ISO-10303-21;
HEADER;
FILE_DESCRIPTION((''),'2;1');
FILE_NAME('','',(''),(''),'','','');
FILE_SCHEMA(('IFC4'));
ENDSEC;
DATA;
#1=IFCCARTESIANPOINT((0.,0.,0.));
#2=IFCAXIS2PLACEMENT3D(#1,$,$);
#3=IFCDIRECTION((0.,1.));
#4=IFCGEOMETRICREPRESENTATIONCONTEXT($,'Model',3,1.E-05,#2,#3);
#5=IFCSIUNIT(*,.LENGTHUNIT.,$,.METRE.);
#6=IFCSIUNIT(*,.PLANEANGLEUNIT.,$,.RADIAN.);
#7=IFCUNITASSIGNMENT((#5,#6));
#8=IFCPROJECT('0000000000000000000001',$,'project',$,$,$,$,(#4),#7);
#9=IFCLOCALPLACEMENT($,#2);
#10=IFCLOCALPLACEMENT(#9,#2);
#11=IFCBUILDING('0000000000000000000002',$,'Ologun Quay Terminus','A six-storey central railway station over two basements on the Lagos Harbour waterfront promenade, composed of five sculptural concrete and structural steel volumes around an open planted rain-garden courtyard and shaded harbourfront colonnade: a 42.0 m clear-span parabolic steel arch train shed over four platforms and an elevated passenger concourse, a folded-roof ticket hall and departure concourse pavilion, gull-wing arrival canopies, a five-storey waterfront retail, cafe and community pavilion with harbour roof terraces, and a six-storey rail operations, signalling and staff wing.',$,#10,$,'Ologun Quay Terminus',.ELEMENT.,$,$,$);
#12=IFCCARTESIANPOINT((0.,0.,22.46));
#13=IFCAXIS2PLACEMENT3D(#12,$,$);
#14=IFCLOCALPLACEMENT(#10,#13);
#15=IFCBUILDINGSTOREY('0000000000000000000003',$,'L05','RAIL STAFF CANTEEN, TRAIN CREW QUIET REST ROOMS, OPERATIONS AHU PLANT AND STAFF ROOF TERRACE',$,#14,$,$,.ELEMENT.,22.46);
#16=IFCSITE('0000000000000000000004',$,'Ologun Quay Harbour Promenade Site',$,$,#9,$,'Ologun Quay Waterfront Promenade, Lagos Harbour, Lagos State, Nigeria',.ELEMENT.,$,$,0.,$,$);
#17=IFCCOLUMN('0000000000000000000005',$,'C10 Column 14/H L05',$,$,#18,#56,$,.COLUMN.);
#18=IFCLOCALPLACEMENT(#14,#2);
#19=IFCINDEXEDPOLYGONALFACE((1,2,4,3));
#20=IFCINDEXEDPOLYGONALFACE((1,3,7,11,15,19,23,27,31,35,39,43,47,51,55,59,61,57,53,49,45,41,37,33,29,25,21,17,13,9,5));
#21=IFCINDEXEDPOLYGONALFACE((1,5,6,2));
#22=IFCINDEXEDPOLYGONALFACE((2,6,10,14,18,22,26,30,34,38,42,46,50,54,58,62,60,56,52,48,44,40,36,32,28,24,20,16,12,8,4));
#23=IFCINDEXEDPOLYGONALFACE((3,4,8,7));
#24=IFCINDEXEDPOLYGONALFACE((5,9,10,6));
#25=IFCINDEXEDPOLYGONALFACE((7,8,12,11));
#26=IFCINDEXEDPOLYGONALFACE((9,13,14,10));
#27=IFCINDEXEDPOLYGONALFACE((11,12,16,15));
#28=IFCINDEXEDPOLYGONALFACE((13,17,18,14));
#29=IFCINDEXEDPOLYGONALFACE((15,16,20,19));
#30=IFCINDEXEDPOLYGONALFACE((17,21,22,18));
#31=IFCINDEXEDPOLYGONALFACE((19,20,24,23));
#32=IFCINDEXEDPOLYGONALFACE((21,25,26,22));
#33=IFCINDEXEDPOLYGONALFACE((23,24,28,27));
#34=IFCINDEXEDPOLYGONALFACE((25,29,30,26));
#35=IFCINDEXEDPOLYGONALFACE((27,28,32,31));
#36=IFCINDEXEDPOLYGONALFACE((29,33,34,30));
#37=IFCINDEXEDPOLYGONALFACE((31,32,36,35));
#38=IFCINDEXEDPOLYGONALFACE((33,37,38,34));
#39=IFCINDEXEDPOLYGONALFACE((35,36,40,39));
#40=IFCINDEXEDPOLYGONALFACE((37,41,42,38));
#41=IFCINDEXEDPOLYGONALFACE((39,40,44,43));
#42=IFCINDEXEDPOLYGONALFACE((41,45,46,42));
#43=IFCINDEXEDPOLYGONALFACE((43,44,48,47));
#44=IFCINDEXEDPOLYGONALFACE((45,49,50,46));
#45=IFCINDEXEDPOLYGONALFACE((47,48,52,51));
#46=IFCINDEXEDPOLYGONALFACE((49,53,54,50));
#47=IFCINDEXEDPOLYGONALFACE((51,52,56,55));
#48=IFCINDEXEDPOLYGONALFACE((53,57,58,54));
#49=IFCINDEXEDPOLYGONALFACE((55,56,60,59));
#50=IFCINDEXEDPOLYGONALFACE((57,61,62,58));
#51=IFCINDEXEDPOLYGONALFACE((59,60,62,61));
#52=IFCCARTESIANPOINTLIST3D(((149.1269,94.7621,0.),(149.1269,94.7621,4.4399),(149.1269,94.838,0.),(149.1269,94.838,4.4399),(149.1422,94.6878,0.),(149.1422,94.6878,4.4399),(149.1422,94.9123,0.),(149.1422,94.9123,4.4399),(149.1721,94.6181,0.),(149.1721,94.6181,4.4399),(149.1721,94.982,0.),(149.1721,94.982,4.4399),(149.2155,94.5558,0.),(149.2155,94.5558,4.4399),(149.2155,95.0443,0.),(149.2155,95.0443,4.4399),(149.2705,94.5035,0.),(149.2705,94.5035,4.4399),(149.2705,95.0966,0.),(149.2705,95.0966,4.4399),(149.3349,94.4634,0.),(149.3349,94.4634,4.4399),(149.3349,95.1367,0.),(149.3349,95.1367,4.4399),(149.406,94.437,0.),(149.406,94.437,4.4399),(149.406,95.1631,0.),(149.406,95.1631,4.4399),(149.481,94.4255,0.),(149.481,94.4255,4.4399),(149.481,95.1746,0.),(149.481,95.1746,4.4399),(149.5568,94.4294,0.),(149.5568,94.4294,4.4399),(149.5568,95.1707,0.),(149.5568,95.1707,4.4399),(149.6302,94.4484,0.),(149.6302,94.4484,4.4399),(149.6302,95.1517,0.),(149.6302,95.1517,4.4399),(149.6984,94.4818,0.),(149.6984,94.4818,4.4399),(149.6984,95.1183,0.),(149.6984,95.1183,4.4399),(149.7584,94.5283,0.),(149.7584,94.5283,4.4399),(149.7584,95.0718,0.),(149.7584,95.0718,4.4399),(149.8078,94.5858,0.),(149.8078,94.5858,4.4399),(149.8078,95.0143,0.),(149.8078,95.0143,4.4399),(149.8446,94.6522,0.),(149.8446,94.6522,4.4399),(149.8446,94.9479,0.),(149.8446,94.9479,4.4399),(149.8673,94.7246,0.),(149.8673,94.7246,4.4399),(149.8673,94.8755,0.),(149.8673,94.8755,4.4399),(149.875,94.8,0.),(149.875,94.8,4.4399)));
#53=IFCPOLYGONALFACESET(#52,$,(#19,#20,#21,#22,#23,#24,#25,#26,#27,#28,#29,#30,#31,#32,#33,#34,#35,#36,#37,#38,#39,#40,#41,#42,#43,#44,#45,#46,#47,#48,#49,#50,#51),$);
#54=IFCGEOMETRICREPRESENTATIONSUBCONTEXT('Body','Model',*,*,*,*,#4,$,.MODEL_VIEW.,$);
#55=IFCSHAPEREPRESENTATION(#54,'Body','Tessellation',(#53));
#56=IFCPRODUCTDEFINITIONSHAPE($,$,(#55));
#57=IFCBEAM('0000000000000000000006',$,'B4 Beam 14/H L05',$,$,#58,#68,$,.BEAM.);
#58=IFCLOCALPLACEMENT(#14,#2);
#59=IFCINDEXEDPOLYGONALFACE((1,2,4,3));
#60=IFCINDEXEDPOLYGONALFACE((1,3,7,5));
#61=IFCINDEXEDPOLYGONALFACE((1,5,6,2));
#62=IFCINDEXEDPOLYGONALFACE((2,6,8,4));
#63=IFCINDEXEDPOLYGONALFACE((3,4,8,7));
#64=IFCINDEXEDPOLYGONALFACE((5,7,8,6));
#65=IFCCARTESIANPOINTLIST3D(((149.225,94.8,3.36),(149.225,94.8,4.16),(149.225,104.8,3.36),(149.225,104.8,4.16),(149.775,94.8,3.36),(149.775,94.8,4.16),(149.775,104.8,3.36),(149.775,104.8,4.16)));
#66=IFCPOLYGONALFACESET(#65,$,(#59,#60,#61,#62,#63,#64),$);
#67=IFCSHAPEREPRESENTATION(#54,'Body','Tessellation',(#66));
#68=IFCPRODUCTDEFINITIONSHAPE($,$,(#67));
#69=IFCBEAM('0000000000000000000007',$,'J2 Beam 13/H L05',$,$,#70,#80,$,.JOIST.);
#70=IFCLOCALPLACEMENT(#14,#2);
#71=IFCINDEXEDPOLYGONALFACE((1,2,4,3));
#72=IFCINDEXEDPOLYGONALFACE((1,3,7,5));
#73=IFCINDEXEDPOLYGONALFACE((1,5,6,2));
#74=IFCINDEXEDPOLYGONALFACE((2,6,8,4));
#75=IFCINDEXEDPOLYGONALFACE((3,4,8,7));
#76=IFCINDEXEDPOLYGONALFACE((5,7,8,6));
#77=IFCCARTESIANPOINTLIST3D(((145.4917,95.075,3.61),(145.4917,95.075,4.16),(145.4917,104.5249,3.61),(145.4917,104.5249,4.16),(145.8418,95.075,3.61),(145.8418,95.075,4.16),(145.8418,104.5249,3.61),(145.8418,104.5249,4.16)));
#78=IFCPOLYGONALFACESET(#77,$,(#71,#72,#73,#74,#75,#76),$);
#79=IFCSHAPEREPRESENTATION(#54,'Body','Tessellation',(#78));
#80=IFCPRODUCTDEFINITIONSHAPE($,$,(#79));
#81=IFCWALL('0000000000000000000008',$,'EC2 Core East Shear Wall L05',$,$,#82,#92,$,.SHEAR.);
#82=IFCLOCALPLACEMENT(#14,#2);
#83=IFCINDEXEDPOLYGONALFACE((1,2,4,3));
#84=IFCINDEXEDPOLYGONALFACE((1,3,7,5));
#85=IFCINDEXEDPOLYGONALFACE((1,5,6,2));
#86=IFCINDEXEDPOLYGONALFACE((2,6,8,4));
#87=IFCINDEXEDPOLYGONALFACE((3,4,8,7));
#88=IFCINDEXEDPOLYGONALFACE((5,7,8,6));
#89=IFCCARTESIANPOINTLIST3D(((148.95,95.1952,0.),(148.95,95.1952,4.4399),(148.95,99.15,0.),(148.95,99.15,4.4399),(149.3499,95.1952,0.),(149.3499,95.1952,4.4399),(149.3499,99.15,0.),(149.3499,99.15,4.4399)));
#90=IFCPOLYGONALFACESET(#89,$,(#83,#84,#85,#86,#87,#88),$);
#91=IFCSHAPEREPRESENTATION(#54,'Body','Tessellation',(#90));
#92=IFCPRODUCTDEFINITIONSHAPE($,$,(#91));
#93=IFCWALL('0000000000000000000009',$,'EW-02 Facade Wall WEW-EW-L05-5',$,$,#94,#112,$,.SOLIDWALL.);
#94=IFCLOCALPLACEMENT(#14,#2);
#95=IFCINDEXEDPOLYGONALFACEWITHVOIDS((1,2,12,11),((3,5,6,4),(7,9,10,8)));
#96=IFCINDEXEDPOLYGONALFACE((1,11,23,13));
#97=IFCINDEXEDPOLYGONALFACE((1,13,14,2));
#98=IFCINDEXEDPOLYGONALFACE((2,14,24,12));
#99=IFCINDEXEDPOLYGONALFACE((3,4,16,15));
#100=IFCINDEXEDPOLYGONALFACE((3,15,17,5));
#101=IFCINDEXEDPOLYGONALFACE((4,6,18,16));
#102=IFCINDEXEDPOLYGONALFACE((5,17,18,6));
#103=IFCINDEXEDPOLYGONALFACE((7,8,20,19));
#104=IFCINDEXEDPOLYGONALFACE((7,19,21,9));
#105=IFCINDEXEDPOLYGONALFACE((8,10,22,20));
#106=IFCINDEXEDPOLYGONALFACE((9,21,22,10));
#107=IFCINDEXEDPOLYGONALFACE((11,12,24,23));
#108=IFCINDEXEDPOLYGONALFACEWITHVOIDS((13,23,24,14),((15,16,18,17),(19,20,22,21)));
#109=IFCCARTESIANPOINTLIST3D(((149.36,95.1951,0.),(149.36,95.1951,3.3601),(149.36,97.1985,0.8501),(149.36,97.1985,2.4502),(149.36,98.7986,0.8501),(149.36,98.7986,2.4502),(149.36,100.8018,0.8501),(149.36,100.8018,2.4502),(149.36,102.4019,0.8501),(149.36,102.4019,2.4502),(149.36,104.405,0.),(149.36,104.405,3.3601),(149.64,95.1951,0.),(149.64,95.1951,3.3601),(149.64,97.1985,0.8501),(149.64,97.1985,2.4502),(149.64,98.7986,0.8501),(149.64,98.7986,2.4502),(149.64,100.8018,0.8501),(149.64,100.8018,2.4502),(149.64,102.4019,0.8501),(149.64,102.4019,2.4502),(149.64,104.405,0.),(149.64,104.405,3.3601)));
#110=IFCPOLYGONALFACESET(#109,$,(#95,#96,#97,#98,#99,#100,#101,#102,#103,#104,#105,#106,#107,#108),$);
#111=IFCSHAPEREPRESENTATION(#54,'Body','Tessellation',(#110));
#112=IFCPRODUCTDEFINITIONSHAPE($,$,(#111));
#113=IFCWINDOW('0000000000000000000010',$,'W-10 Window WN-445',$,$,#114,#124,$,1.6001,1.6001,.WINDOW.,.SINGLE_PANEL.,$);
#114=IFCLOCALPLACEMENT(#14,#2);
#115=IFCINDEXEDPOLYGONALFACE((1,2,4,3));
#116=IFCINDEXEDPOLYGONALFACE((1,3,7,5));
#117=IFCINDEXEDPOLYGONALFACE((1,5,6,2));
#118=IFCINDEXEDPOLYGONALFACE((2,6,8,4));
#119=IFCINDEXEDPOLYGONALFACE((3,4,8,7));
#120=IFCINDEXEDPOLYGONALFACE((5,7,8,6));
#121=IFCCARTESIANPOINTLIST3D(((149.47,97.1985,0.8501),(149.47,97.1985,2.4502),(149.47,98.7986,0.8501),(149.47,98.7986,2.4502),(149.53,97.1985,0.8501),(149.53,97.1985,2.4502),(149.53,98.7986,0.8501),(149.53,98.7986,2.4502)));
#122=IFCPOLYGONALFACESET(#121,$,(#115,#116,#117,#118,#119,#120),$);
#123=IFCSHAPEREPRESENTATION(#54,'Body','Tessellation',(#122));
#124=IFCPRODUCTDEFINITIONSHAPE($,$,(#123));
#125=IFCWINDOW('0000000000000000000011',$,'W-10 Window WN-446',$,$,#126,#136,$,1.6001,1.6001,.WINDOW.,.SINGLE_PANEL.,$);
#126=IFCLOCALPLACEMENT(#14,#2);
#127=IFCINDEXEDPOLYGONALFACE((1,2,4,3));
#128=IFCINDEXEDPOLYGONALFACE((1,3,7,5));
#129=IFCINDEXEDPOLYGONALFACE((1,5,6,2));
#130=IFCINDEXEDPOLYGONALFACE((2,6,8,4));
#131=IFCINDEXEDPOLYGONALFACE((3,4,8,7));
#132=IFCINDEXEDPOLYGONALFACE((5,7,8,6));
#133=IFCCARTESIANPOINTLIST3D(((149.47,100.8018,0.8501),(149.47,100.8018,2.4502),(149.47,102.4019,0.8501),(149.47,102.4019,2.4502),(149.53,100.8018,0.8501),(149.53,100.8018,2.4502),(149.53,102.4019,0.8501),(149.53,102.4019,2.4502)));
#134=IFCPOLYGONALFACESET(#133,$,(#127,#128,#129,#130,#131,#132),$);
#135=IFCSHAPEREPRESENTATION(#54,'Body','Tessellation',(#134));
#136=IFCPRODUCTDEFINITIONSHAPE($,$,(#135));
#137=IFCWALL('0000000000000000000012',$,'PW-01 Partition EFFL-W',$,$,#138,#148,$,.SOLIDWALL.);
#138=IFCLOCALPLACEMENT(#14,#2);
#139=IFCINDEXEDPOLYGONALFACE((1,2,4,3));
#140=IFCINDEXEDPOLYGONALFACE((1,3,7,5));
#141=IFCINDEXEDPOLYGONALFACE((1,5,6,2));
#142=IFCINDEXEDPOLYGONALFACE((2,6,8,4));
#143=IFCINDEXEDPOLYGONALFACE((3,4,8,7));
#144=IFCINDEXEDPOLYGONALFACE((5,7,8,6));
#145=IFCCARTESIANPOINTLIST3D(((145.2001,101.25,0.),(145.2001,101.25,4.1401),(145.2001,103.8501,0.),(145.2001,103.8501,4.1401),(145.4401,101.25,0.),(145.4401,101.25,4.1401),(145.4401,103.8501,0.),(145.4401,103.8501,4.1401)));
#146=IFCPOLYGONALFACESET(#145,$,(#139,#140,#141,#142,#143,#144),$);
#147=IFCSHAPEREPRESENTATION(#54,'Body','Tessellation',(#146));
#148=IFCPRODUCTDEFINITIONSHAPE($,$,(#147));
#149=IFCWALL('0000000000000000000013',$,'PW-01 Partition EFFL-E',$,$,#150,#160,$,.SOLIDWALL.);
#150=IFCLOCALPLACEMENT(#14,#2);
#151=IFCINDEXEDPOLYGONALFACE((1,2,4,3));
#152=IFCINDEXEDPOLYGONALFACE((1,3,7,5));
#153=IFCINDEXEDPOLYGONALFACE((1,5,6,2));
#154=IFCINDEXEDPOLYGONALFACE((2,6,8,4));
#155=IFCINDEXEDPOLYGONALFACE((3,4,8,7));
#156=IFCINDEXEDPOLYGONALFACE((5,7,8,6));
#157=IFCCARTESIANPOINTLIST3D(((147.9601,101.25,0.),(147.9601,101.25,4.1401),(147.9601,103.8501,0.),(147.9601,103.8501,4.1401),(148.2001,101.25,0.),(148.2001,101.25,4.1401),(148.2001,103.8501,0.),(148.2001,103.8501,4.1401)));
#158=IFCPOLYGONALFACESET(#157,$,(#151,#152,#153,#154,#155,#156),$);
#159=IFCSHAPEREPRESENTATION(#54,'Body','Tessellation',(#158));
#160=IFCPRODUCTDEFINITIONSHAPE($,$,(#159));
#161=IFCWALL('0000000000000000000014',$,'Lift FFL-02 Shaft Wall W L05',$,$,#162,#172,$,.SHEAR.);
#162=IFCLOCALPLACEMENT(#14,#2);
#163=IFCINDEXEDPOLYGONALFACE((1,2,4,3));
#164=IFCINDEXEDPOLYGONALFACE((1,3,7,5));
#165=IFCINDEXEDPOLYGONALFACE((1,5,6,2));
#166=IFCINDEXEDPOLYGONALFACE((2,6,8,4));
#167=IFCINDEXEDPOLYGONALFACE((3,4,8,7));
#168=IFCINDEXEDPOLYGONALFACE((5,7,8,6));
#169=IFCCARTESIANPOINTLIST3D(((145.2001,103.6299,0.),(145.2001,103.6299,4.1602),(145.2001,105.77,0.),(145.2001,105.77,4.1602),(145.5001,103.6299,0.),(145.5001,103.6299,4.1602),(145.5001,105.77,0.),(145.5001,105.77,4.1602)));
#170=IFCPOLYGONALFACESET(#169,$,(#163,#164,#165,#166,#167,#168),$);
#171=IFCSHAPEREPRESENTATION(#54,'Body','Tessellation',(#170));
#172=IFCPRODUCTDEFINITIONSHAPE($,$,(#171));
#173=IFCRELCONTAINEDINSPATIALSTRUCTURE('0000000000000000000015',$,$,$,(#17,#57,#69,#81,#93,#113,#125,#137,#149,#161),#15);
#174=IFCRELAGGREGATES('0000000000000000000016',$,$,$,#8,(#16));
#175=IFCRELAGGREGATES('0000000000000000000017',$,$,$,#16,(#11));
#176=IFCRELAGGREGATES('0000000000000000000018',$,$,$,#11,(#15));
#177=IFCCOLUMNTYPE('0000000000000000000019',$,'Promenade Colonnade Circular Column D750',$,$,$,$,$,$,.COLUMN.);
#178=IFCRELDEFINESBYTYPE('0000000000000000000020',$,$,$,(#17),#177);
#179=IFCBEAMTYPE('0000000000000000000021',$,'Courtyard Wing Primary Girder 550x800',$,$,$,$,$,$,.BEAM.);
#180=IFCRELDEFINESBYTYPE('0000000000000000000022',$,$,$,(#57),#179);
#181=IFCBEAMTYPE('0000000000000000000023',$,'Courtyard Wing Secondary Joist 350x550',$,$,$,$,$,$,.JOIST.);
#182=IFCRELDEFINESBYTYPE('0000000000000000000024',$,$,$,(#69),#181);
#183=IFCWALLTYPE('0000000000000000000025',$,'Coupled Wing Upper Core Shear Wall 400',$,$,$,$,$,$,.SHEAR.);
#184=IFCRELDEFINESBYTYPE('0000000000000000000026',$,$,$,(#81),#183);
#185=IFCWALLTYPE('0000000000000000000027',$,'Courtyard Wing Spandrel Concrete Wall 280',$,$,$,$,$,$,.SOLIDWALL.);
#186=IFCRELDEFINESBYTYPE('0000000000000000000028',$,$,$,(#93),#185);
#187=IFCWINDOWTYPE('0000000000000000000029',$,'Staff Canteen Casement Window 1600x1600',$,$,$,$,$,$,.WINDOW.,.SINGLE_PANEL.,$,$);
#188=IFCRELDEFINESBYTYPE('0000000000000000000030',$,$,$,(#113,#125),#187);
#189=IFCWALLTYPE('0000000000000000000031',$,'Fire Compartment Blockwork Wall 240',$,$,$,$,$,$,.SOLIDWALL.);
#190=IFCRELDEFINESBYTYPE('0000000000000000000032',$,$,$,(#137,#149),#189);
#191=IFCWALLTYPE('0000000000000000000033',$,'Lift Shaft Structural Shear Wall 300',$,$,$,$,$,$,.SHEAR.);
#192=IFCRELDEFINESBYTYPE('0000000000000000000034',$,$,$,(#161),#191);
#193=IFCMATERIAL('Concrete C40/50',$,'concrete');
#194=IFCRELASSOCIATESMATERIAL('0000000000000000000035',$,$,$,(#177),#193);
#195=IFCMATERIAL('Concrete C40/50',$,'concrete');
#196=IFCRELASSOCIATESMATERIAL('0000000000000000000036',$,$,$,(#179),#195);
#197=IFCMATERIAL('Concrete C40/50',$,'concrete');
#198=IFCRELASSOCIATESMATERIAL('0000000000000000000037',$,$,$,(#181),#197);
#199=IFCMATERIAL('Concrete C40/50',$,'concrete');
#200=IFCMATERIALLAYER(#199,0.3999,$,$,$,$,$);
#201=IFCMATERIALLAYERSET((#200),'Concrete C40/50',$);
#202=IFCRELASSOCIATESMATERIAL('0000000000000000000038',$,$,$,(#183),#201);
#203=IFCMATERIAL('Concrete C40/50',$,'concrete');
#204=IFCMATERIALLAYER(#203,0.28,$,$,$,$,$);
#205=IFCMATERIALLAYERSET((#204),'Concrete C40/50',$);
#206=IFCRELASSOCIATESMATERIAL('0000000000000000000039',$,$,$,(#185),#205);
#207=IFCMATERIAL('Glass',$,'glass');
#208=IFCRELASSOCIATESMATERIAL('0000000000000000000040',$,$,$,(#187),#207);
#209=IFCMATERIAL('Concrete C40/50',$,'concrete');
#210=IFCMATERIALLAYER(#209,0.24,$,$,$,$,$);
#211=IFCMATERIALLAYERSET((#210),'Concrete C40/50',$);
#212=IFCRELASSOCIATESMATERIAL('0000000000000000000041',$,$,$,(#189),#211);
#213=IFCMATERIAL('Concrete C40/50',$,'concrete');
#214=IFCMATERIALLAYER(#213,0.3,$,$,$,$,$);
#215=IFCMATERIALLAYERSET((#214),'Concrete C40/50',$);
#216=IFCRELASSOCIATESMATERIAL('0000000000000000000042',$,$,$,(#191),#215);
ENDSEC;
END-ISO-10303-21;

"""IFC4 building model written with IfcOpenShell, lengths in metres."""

from ifc_helpers import new_model, si_unit, direction, frame, frame_2d, origin, origin_2d, place, context, subcontext, project, spatial, rectangle, circle, extrude, material, layer, layer_set, material_profile, profile_set, type_object, element, fill, save


model = new_model("IFC4")

# Units and contexts
model_context = context("Model", 3, precision=1e-05, world=origin(), true_north=direction((0.0, 1.0)))
body_context = subcontext(model_context, "Body", "Model", "MODEL_VIEW")
ifc_project = project(units=[si_unit("LENGTHUNIT", "METRE"), si_unit("PLANEANGLEUNIT", "RADIAN")], contexts=[model_context])

# Site, building, storey
site_placement = place(None, origin())
site = spatial("IfcSite", under=ifc_project, at=site_placement, Name="Ologun Quay Harbour Promenade Site", LongName="Ologun Quay Waterfront Promenade, Lagos Harbour, Lagos State, Nigeria", CompositionType="ELEMENT", RefElevation=0.0)
building_placement = place(site_placement, origin())
building = spatial("IfcBuilding", under=site, at=building_placement, Name="Ologun Quay Terminus", Description="A six-storey central railway station over two basements on the Lagos Harbour waterfront promenade, composed of five sculptural concrete and structural steel volumes around an open planted rain-garden courtyard and shaded harbourfront colonnade: a 42.0 m clear-span parabolic steel arch train shed over four platforms and an elevated passenger concourse, a folded-roof ticket hall and departure concourse pavilion, gull-wing arrival canopies, a five-storey waterfront retail, cafe and community pavilion with harbour roof terraces, and a six-storey rail operations, signalling and staff wing.", LongName="Ologun Quay Terminus", CompositionType="ELEMENT")
storey_placement = place(building_placement, frame((0.0, 0.0, 22.46)))
storey = spatial("IfcBuildingStorey", under=building, at=storey_placement, Name="L05", Description="RAIL STAFF CANTEEN, TRAIN CREW QUIET REST ROOMS, OPERATIONS AHU PLANT AND STAFF ROOF TERRACE", CompositionType="ELEMENT", Elevation=22.46)

# Column
ifc_material_1 = material(Name="Concrete C40/50", Category="concrete")
ifc_material_profile_1 = material_profile(ifc_material_1, circle(Radius=0.375, at=origin_2d()), Name="RC D750")
ifc_profile_set_1 = profile_set([ifc_material_profile_1], Name="Concrete C40/50")
column_type = type_object("IfcColumnType", Name="Promenade Colonnade Circular Column D750", PredefinedType="COLUMN", material=ifc_profile_set_1)
column_placement = place(storey_placement, frame((149.5, 94.8, 0.0), z_axis=(0.0, 0.0, 1.0), x_axis=(1.0, 0.0, 0.0)))
element("IfcColumn", 1, at=column_placement, inside=storey, type_object=column_type, Name="C10 Column 14/H L05", PredefinedType="COLUMN", context=body_context, shape_type="SweptSolid", body=[
    extrude(circle(Radius=0.375, at=origin_2d()), origin(), (0.0, 0.0, 1.0), 4.4399),
])

# Beams
ifc_material_2 = material(Name="Concrete C40/50", Category="concrete")
ifc_material_profile_2 = material_profile(ifc_material_2, rectangle(XDim=0.55, YDim=0.8, at=origin_2d()), Name="RC 550x800")
ifc_profile_set_2 = profile_set([ifc_material_profile_2], Name="Concrete C40/50")
beam_type_1 = type_object("IfcBeamType", Name="Courtyard Wing Primary Girder 550x800", PredefinedType="BEAM", material=ifc_profile_set_2)
beam_1_placement = place(storey_placement, frame((149.5, 94.8, 3.76), z_axis=(0.0, 1.0, 0.0), x_axis=(-1.0, 0.0, 0.0)))
element("IfcBeam", 2, at=beam_1_placement, inside=storey, type_object=beam_type_1, Name="B4 Beam 14/H L05", PredefinedType="BEAM", context=body_context, shape_type="SweptSolid", body=[
    extrude(rectangle(XDim=0.55, YDim=0.8, at=origin_2d()), origin(), (0.0, 0.0, 1.0), 10.0),
])
ifc_material_3 = material(Name="Concrete C40/50", Category="concrete")
ifc_material_profile_3 = material_profile(ifc_material_3, rectangle(XDim=0.3501, YDim=0.55, at=origin_2d()), Name="RC 350x550")
ifc_profile_set_3 = profile_set([ifc_material_profile_3], Name="Concrete C40/50")
beam_type_2 = type_object("IfcBeamType", Name="Courtyard Wing Secondary Joist 350x550", PredefinedType="JOIST", material=ifc_profile_set_3)
beam_2_placement = place(storey_placement, frame((145.6667, 95.075, 3.885), z_axis=(0.0, 1.0, 0.0), x_axis=(-1.0, 0.0, 0.0)))
element("IfcBeam", 3, at=beam_2_placement, inside=storey, type_object=beam_type_2, Name="J2 Beam 13/H L05", PredefinedType="JOIST", context=body_context, shape_type="SweptSolid", body=[
    extrude(rectangle(XDim=0.3501, YDim=0.55, at=origin_2d()), origin(), (0.0, 0.0, 1.0), 9.45),
])

# Wall
ifc_material_4 = material(Name="Concrete C40/50", Category="concrete")
ifc_layer_1 = layer(ifc_material_4, 0.3999)
ifc_layer_set_1 = layer_set([ifc_layer_1], Name="Concrete C40/50")
wall_type_1 = type_object("IfcWallType", Name="Coupled Wing Upper Core Shear Wall 400", PredefinedType="SHEAR", material=ifc_layer_set_1)
wall_1_placement = place(storey_placement, frame((149.1499, 95.1951, 0.0), z_axis=(0.0, 0.0, 1.0), x_axis=(0.0, 1.0, 0.0)))
element("IfcWall", 4, at=wall_1_placement, inside=storey, type_object=wall_type_1, Name="EC2 Core East Shear Wall L05", PredefinedType="SHEAR", context=body_context, shape_type="SweptSolid", body=[
    extrude(rectangle(XDim=3.9548, YDim=0.3999, at=frame_2d((1.9775, 0.0))), origin(), (0.0, 0.0, 1.0), 4.4399),
])

# Wall, openings, windows
ifc_material_5 = material(Name="Concrete C40/50", Category="concrete")
ifc_layer_2 = layer(ifc_material_5, 0.28)
ifc_layer_set_2 = layer_set([ifc_layer_2], Name="Concrete C40/50")
wall_type_2 = type_object("IfcWallType", Name="Courtyard Wing Spandrel Concrete Wall 280", PredefinedType="SOLIDWALL", material=ifc_layer_set_2)
wall_2_placement = place(storey_placement, frame((149.5, 95.1951, 0.0), z_axis=(0.0, 0.0, 1.0), x_axis=(0.0, 1.0, 0.0)))
wall_2 = element("IfcWall", 5, at=wall_2_placement, inside=storey, type_object=wall_type_2, Name="EW-02 Facade Wall WEW-EW-L05-5", PredefinedType="SOLIDWALL", context=body_context, shape_type="SweptSolid", body=[
    extrude(rectangle(XDim=9.21, YDim=0.28, at=frame_2d((4.605, 0.0))), origin(), (0.0, 0.0, 1.0), 3.3601),
])
opening_1_placement = place(wall_2_placement, frame((2.0034, 0.0, 0.8501)))
opening_1 = element("IfcOpeningElement", 6, at=opening_1_placement, cuts=wall_2, PredefinedType="OPENING", context=body_context, shape_type="SweptSolid", body=[
    extrude(rectangle(XDim=1.6001, YDim=1.6001, at=frame_2d((0.8, 0.8))), frame((0.0, 0.1499, 0.0), z_axis=(0.0, -1.0, 0.0), x_axis=(1.0, 0.0, 0.0)), (0.0, 0.0, 1.0), 0.3),
])
opening_2_placement = place(wall_2_placement, frame((5.6067, 0.0, 0.8501)))
opening_2 = element("IfcOpeningElement", 7, at=opening_2_placement, cuts=wall_2, PredefinedType="OPENING", context=body_context, shape_type="SweptSolid", body=[
    extrude(rectangle(XDim=1.6001, YDim=1.6001, at=frame_2d((0.8, 0.8))), frame((0.0, 0.1499, 0.0), z_axis=(0.0, -1.0, 0.0), x_axis=(1.0, 0.0, 0.0)), (0.0, 0.0, 1.0), 0.3),
])
ifc_material_6 = material(Name="Glass", Category="glass")
window_type = type_object("IfcWindowType", Name="Staff Canteen Casement Window 1600x1600", PartitioningType="SINGLE_PANEL", PredefinedType="WINDOW", material=ifc_material_6)
window_1_placement = place(opening_1_placement, origin())
window_1 = element("IfcWindow", 8, at=window_1_placement, inside=storey, type_object=window_type, Name="W-10 Window WN-445", OverallHeight=1.6001, OverallWidth=1.6001, PartitioningType="SINGLE_PANEL", PredefinedType="WINDOW", context=body_context, shape_type="SweptSolid", body=[
    extrude(rectangle(XDim=1.6001, YDim=1.6001, at=frame_2d((0.8, 0.8))), frame((0.0, 0.03, 0.0), z_axis=(0.0, -1.0, 0.0), x_axis=(1.0, 0.0, 0.0)), (0.0, 0.0, 1.0), 0.0601),
])
fill(opening_1, window_1)
window_2_placement = place(opening_2_placement, origin())
window_2 = element("IfcWindow", 9, at=window_2_placement, inside=storey, type_object=window_type, Name="W-10 Window WN-446", OverallHeight=1.6001, OverallWidth=1.6001, PartitioningType="SINGLE_PANEL", PredefinedType="WINDOW", context=body_context, shape_type="SweptSolid", body=[
    extrude(rectangle(XDim=1.6001, YDim=1.6001, at=frame_2d((0.8, 0.8))), frame((0.0, 0.03, 0.0), z_axis=(0.0, -1.0, 0.0), x_axis=(1.0, 0.0, 0.0)), (0.0, 0.0, 1.0), 0.0601),
])
fill(opening_2, window_2)

# Shared definitions
ifc_material_7 = material(Name="Concrete C40/50", Category="concrete")
ifc_layer_3 = layer(ifc_material_7, 0.24)
ifc_layer_set_3 = layer_set([ifc_layer_3], Name="Concrete C40/50")
wall_type_3 = type_object("IfcWallType", Name="Fire Compartment Blockwork Wall 240", PredefinedType="SOLIDWALL", material=ifc_layer_set_3)

# Walls
for number, where, z_axis, x_axis, name in (
    (10, (145.3201, 101.25, 0.0), (0.0, 0.0, 1.0), (0.0, 1.0, 0.0), "PW-01 Partition EFFL-W"),
    (11, (148.0801, 101.25, 0.0), (0.0, 0.0, 1.0), (0.0, 1.0, 0.0), "PW-01 Partition EFFL-E"),
):
    element("IfcWall", number, at=place(storey_placement, frame(where, z_axis=z_axis, x_axis=x_axis)), inside=storey, type_object=wall_type_3, Name=name, PredefinedType="SOLIDWALL", context=body_context, shape_type="SweptSolid", body=[
        extrude(rectangle(XDim=2.6001, YDim=0.24, at=frame_2d((1.3, 0.0))), origin(), (0.0, 0.0, 1.0), 4.1401),
    ])

# Shared definitions
ifc_material_8 = material(Name="Concrete C40/50", Category="concrete")
ifc_layer_4 = layer(ifc_material_8, 0.3)
ifc_layer_set_4 = layer_set([ifc_layer_4], Name="Concrete C40/50")
wall_type_4 = type_object("IfcWallType", Name="Lift Shaft Structural Shear Wall 300", PredefinedType="SHEAR", material=ifc_layer_set_4)

# Wall
for number, where, z_axis, x_axis, name in (
    (12, (145.3501, 103.6299, 0.0), (0.0, 0.0, 1.0), (0.0, 1.0, 0.0), "Lift FFL-02 Shaft Wall W L05"),
):
    element("IfcWall", number, at=place(storey_placement, frame(where, z_axis=z_axis, x_axis=x_axis)), inside=storey, type_object=wall_type_4, Name=name, PredefinedType="SHEAR", context=body_context, shape_type="SweptSolid", body=[
        extrude(rectangle(XDim=2.1401, YDim=0.3, at=frame_2d((1.0701, 0.0))), origin(), (0.0, 0.0, 1.0), 4.1602),
    ])

save(model, "model.ifc")
